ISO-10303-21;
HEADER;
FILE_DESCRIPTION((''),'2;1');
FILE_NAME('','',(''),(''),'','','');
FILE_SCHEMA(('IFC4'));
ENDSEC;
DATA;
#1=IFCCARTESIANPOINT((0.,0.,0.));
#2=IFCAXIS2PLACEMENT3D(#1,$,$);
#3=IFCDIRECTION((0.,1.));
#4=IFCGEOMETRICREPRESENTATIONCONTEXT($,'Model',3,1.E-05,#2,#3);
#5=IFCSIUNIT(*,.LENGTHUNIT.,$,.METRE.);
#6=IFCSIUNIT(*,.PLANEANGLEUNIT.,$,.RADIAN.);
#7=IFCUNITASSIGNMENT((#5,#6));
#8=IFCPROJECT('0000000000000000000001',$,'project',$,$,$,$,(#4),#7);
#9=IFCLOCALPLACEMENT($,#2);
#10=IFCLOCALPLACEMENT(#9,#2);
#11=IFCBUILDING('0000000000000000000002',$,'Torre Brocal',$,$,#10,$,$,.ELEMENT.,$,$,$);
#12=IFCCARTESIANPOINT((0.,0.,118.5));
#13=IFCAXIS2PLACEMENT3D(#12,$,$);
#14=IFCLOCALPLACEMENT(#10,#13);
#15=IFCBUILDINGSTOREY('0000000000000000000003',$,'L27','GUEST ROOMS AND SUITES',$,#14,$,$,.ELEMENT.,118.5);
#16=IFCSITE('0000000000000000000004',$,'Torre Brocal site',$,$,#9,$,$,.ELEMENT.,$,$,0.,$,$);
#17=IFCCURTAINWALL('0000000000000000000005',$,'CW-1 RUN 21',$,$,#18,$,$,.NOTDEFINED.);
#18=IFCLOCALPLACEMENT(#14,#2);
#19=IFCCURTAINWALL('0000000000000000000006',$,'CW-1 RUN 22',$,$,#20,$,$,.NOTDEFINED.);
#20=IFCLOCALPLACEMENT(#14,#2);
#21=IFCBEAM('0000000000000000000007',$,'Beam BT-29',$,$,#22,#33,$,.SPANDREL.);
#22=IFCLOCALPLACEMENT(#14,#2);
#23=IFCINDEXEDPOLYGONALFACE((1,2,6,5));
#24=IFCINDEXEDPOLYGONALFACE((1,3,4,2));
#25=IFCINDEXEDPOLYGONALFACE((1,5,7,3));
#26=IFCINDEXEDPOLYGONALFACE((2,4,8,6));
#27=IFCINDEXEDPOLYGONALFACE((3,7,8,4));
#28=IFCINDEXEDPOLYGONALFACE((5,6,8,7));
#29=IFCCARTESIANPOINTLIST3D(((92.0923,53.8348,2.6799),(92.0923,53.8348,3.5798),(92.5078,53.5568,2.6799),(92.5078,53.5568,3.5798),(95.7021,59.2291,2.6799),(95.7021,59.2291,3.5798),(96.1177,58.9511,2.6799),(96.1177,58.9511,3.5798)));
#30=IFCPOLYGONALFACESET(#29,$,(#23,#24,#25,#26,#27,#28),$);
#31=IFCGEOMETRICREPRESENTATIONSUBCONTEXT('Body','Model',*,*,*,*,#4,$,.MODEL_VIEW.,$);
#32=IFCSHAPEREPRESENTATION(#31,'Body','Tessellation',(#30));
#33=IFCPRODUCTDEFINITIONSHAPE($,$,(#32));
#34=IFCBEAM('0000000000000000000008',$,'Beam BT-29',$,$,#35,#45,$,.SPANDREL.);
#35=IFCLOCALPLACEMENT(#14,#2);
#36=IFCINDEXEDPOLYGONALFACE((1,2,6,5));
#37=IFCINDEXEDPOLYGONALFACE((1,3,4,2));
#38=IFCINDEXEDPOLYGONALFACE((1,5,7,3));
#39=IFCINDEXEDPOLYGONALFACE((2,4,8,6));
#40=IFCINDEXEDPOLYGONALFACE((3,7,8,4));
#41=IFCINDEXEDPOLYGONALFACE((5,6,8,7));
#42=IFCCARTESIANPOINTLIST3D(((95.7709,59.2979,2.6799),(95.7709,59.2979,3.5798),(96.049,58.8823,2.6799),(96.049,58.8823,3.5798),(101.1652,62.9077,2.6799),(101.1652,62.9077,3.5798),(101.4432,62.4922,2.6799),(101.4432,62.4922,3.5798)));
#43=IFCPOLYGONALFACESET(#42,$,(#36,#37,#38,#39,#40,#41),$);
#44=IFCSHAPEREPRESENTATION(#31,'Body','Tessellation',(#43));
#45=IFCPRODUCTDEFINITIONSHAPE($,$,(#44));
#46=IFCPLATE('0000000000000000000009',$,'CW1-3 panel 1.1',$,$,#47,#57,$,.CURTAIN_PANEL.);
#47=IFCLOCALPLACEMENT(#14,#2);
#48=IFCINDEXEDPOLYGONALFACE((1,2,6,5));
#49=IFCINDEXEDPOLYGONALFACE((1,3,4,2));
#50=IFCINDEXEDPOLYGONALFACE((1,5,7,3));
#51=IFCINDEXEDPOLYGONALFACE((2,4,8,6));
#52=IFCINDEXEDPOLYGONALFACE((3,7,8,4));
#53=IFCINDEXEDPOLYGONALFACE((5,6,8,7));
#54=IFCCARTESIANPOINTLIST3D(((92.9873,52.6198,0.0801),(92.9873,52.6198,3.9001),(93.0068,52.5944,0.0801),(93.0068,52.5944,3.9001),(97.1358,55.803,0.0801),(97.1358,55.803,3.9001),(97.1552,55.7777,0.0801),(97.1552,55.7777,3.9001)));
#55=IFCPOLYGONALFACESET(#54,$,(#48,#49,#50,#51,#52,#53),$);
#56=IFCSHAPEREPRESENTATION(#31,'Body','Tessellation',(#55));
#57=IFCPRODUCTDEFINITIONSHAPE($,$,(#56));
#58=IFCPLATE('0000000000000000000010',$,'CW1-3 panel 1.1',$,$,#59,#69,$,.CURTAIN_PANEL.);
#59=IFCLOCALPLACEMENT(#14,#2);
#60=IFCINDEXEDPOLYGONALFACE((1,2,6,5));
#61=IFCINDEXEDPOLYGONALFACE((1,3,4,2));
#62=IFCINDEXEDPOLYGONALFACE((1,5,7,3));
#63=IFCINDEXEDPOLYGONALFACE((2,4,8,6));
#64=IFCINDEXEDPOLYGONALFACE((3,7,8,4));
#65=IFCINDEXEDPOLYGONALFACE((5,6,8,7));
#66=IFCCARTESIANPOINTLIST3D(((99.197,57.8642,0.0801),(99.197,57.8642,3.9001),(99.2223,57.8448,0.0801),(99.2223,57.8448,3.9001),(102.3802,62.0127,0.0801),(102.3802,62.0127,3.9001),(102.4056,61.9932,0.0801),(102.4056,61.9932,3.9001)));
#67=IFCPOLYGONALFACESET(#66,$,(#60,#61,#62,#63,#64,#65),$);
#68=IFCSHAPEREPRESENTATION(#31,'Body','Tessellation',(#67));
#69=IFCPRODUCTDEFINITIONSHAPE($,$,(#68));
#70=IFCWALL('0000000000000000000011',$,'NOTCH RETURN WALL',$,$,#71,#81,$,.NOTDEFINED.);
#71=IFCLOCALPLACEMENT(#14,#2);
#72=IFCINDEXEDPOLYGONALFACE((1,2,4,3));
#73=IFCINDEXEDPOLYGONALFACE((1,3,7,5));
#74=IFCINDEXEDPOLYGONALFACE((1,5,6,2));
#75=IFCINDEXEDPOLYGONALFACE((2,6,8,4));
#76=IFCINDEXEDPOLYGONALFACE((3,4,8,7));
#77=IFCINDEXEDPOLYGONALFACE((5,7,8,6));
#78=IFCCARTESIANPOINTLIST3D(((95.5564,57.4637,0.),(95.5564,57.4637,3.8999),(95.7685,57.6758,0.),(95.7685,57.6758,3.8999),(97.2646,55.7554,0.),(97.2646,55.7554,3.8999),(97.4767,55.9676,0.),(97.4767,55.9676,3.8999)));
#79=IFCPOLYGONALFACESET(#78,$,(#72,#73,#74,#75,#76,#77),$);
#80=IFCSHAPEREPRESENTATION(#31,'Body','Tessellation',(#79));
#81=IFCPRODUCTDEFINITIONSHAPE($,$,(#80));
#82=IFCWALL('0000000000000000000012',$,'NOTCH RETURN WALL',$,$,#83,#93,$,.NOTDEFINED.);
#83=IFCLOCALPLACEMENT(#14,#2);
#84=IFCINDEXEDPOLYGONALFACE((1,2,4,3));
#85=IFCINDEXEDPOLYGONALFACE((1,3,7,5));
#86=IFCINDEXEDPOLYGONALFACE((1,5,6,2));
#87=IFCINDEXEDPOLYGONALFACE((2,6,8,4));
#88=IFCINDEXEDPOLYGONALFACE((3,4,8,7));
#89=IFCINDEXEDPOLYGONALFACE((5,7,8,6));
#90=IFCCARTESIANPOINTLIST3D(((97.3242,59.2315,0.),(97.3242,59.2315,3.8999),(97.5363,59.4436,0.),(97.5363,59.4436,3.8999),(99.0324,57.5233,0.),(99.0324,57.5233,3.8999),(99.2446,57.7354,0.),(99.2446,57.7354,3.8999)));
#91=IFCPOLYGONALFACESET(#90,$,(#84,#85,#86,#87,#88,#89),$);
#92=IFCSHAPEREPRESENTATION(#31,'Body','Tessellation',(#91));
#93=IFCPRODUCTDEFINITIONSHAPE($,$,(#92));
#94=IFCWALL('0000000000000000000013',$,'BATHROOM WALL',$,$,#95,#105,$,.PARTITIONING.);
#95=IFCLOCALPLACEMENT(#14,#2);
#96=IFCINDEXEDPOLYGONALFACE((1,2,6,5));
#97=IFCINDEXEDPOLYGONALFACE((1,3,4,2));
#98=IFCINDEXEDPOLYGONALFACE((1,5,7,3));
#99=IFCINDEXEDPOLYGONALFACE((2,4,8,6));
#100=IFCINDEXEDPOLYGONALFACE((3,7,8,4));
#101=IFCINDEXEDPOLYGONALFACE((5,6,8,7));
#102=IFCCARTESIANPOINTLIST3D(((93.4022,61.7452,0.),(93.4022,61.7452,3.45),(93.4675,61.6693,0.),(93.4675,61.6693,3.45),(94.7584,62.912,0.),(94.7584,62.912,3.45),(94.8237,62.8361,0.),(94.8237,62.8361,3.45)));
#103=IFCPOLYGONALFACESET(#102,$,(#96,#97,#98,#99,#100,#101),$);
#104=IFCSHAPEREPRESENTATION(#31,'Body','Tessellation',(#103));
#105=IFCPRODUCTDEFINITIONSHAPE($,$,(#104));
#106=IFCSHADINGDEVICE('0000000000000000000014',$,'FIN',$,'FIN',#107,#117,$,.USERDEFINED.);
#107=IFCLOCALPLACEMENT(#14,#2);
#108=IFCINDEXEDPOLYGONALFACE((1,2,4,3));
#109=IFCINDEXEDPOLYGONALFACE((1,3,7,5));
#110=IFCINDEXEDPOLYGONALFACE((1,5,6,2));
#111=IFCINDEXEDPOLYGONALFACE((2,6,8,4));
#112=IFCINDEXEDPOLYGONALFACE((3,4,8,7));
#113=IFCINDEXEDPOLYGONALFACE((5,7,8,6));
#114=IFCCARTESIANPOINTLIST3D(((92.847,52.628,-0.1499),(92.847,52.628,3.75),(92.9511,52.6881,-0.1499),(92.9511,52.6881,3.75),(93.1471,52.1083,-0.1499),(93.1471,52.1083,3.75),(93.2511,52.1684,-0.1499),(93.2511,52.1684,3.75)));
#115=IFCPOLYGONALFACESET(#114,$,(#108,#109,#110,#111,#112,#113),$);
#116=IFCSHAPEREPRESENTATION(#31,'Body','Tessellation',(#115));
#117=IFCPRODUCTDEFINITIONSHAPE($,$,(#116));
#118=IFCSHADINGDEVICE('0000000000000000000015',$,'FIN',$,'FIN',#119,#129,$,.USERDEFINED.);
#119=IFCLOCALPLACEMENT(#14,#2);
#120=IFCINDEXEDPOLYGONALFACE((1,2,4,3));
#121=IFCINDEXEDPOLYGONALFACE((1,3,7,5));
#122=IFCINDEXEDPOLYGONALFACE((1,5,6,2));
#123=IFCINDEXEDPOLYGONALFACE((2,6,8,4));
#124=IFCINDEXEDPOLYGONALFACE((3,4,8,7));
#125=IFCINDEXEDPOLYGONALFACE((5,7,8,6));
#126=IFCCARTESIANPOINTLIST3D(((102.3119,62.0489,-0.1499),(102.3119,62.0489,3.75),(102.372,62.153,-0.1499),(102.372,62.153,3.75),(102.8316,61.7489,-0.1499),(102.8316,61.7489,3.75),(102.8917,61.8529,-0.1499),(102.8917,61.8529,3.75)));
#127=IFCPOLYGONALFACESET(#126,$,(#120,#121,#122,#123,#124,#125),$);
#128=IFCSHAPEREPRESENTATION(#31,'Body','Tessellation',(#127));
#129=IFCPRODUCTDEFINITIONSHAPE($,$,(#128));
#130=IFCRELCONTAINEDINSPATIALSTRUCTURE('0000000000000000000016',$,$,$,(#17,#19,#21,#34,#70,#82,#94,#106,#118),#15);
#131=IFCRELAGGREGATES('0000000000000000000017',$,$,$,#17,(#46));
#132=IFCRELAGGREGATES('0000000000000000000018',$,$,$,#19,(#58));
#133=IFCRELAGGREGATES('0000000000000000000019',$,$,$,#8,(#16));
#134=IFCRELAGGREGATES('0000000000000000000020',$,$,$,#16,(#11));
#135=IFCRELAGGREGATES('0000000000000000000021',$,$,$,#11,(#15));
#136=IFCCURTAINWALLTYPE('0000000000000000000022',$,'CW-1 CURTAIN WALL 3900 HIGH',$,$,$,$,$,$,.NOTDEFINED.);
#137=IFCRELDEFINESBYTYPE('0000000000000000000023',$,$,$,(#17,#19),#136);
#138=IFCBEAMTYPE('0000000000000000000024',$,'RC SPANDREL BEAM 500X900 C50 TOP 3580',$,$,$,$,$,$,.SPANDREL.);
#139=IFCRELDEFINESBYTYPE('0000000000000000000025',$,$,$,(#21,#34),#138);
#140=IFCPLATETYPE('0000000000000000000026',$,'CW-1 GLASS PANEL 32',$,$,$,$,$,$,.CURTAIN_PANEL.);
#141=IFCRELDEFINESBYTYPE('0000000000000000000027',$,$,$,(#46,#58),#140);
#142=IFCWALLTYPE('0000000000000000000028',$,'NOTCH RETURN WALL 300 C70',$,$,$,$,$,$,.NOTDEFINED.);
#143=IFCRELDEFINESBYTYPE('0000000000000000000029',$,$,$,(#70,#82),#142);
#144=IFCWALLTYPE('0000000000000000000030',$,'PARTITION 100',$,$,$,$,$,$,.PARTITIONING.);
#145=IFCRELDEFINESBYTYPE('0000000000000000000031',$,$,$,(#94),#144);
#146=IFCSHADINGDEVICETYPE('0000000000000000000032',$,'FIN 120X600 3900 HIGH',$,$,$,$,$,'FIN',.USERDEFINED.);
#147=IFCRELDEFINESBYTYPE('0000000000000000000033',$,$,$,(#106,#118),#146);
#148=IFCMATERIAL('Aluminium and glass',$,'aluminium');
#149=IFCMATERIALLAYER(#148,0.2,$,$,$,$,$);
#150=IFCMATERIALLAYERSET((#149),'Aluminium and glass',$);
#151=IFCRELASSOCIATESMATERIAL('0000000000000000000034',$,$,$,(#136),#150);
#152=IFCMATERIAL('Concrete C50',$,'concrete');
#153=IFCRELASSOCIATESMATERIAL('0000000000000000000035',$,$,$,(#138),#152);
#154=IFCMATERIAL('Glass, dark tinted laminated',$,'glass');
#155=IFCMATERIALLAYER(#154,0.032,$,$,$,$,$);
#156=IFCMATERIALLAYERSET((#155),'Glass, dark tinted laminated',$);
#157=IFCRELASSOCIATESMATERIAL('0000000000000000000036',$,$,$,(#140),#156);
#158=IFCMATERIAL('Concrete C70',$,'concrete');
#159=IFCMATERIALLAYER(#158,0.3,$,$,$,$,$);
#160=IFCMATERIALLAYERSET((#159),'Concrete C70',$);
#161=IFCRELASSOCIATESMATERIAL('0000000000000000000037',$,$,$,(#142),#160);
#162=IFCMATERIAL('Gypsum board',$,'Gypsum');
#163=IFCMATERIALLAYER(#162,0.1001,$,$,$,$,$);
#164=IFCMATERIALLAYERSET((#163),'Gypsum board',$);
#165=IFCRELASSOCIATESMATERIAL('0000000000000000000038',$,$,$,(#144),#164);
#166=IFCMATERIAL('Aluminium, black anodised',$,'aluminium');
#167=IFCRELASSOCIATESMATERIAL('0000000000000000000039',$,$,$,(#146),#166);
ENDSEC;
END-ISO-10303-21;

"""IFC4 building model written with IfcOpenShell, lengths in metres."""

from ifc_helpers import new_model, si_unit, direction, frame, frame_2d, origin, origin_2d, place, context, subcontext, project, spatial, rectangle, extrude, material, layer, layer_set, material_profile, profile_set, type_object, element, aggregate, save


model = new_model("IFC4")

# Units and contexts
model_context = context("Model", 3, precision=1e-05, world=origin(), true_north=direction((0.0, 1.0)))
body_context = subcontext(model_context, "Body", "Model", "MODEL_VIEW")
ifc_project = project(units=[si_unit("LENGTHUNIT", "METRE"), si_unit("PLANEANGLEUNIT", "RADIAN")], contexts=[model_context])

# Site, building, storey
site_placement = place(None, origin())
site = spatial("IfcSite", under=ifc_project, at=site_placement, Name="Torre Brocal site", CompositionType="ELEMENT", RefElevation=0.0)
building_placement = place(site_placement, origin())
building = spatial("IfcBuilding", under=site, at=building_placement, Name="Torre Brocal", CompositionType="ELEMENT")
storey_placement = place(building_placement, frame((0.0, 0.0, 118.5)))
storey = spatial("IfcBuildingStorey", under=building, at=storey_placement, Name="L27", Description="GUEST ROOMS AND SUITES", CompositionType="ELEMENT", Elevation=118.5)

# Shared definitions
ifc_material_1 = material(Name="Aluminium and glass", Category="aluminium")
ifc_layer_1 = layer(ifc_material_1, 0.2)
ifc_layer_set_1 = layer_set([ifc_layer_1], Name="Aluminium and glass")
curtain_wall_type = type_object("IfcCurtainWallType", Name="CW-1 CURTAIN WALL 3900 HIGH", PredefinedType="NOTDEFINED", material=ifc_layer_set_1)

# Curtain walls
curtain_wall_1_placement = place(storey_placement, origin())
curtain_wall_1 = element("IfcCurtainWall", 1, at=curtain_wall_1_placement, inside=storey, type_object=curtain_wall_type, Name="CW-1 RUN 21", PredefinedType="NOTDEFINED")
curtain_wall_2_placement = place(storey_placement, origin())
curtain_wall_2 = element("IfcCurtainWall", 2, at=curtain_wall_2_placement, inside=storey, type_object=curtain_wall_type, Name="CW-1 RUN 22", PredefinedType="NOTDEFINED")

# Beams
ifc_material_2 = material(Name="Concrete C50", Category="concrete")
ifc_material_profile_1 = material_profile(ifc_material_2, rectangle(XDim=0.5, YDim=0.8999, at=origin_2d()), Name="RC 500X900")
ifc_profile_set_1 = profile_set([ifc_material_profile_1], Name="Concrete C50")
beam_type_1 = type_object("IfcBeamType", Name="RC SPANDREL BEAM 500X900 C50 TOP 3580", PredefinedType="SPANDREL", material=ifc_profile_set_1)
for number, where, z_axis, x_axis, name in (
    (3, (92.3, 53.6958, 3.1299), (0.556158, 0.831077, 0.0), (-0.831077, 0.556158, 0.0), "Beam BT-29"),
    (4, (95.9099, 59.0901, 3.1299), (0.831077, 0.556158, 0.0), (-0.556158, 0.831077, 0.0), "Beam BT-29"),
):
    element("IfcBeam", number, at=place(storey_placement, frame(where, z_axis=z_axis, x_axis=x_axis)), inside=storey, type_object=beam_type_1, Name=name, PredefinedType="SPANDREL", context=body_context, shape_type="SweptSolid", body=[
        extrude(rectangle(XDim=0.5, YDim=0.8999, at=origin_2d()), origin(), (0.0, 0.0, 1.0), 6.4907),
    ])

# Plates
ifc_material_3 = material(Name="Glass, dark tinted laminated", Category="glass")
ifc_layer_2 = layer(ifc_material_3, 0.032)
ifc_layer_set_2 = layer_set([ifc_layer_2], Name="Glass, dark tinted laminated")
plate_type = type_object("IfcPlateType", Name="CW-1 GLASS PANEL 32", PredefinedType="CURTAIN_PANEL", material=ifc_layer_set_2)
plate_1_placement = place(storey_placement, frame((95.0713, 54.1987, 0.0801), z_axis=(0.0, 0.0, 1.0), x_axis=(0.793353, 0.608761, 0.0)))
plate_1 = element("IfcPlate", 5, at=plate_1_placement, type_object=plate_type, Name="CW1-3 panel 1.1", PredefinedType="CURTAIN_PANEL", context=body_context, shape_type="SweptSolid", body=[
    extrude(rectangle(XDim=5.229, YDim=0.032, at=origin_2d()), origin(), (0.0, 0.0, 1.0), 3.8201),
])
aggregate(curtain_wall_1, [plate_1])
plate_2_placement = place(storey_placement, frame((100.8013, 59.9287, 0.0801), z_axis=(0.0, 0.0, 1.0), x_axis=(0.608761, 0.793353, 0.0)))
plate_2 = element("IfcPlate", 6, at=plate_2_placement, type_object=plate_type, Name="CW1-3 panel 1.1", PredefinedType="CURTAIN_PANEL", context=body_context, shape_type="SweptSolid", body=[
    extrude(rectangle(XDim=5.229, YDim=0.032, at=origin_2d()), origin(), (0.0, 0.0, 1.0), 3.8201),
])
aggregate(curtain_wall_2, [plate_2])

# Walls
ifc_material_4 = material(Name="Concrete C70", Category="concrete")
ifc_layer_3 = layer(ifc_material_4, 0.3)
ifc_layer_set_3 = layer_set([ifc_layer_3], Name="Concrete C70")
wall_type_1 = type_object("IfcWallType", Name="NOTCH RETURN WALL 300 C70", PredefinedType="NOTDEFINED", material=ifc_layer_set_3)
for number, where, z_axis, x_axis, name in (
    (7, (95.6624, 57.5698, 0.0), (0.0, 0.0, 1.0), (0.707107, -0.707107, 0.0), "NOTCH RETURN WALL"),
    (8, (97.4302, 59.3376, 0.0), (0.0, 0.0, 1.0), (0.707107, -0.707107, 0.0), "NOTCH RETURN WALL"),
):
    element("IfcWall", number, at=place(storey_placement, frame(where, z_axis=z_axis, x_axis=x_axis)), inside=storey, type_object=wall_type_1, Name=name, PredefinedType="NOTDEFINED", context=body_context, shape_type="SweptSolid", body=[
        extrude(rectangle(XDim=2.4158, YDim=0.3, at=frame_2d((1.208, 0.0))), origin(), (0.0, 0.0, 1.0), 3.8999),
    ])
ifc_material_5 = material(Name="Gypsum board", Category="Gypsum")
ifc_layer_4 = layer(ifc_material_5, 0.1001)
ifc_layer_set_4 = layer_set([ifc_layer_4], Name="Gypsum board")
wall_type_2 = type_object("IfcWallType", Name="PARTITION 100", PredefinedType="PARTITIONING", material=ifc_layer_set_4)
wall_placement = place(storey_placement, frame((93.4348, 61.7073, 0.0), z_axis=(0.0, 0.0, 1.0), x_axis=(0.75807, 0.652173, 0.0)))
element("IfcWall", 9, at=wall_placement, inside=storey, type_object=wall_type_2, Name="BATHROOM WALL", PredefinedType="PARTITIONING", context=body_context, shape_type="SweptSolid", body=[
    extrude(rectangle(XDim=1.7891, YDim=0.1001, at=frame_2d((0.8945, 0.0))), origin(), (0.0, 0.0, 1.0), 3.45),
])

# Shading devices
ifc_material_6 = material(Name="Aluminium, black anodised", Category="aluminium")
ifc_material_profile_2 = material_profile(ifc_material_6, rectangle(XDim=0.1201, YDim=0.6001, at=origin_2d()), Name="FIN 120X600 3900 HIGH")
ifc_profile_set_2 = profile_set([ifc_material_profile_2], Name="Aluminium, black anodised")
shading_device_type = type_object("IfcShadingDeviceType", Name="FIN 120X600 3900 HIGH", ElementType="FIN", PredefinedType="USERDEFINED", material=ifc_profile_set_2)
for number, where, z_axis, x_axis, name in (
    (10, (93.0491, 52.3982, -0.1499), (0.0, 0.0, 1.0), (0.866025, 0.5, 0.0), "FIN"),
    (11, (102.6018, 61.9509, -0.1499), (0.0, 0.0, 1.0), (0.5, 0.866025, 0.0), "FIN"),
):
    element("IfcShadingDevice", number, at=place(storey_placement, frame(where, z_axis=z_axis, x_axis=x_axis)), inside=storey, type_object=shading_device_type, Name=name, ObjectType="FIN", PredefinedType="USERDEFINED", context=body_context, shape_type="SweptSolid", body=[
        extrude(rectangle(XDim=0.1201, YDim=0.6001, at=origin_2d()), origin(), (0.0, 0.0, 1.0), 3.8999),
    ])

save(model, "model.ifc")
